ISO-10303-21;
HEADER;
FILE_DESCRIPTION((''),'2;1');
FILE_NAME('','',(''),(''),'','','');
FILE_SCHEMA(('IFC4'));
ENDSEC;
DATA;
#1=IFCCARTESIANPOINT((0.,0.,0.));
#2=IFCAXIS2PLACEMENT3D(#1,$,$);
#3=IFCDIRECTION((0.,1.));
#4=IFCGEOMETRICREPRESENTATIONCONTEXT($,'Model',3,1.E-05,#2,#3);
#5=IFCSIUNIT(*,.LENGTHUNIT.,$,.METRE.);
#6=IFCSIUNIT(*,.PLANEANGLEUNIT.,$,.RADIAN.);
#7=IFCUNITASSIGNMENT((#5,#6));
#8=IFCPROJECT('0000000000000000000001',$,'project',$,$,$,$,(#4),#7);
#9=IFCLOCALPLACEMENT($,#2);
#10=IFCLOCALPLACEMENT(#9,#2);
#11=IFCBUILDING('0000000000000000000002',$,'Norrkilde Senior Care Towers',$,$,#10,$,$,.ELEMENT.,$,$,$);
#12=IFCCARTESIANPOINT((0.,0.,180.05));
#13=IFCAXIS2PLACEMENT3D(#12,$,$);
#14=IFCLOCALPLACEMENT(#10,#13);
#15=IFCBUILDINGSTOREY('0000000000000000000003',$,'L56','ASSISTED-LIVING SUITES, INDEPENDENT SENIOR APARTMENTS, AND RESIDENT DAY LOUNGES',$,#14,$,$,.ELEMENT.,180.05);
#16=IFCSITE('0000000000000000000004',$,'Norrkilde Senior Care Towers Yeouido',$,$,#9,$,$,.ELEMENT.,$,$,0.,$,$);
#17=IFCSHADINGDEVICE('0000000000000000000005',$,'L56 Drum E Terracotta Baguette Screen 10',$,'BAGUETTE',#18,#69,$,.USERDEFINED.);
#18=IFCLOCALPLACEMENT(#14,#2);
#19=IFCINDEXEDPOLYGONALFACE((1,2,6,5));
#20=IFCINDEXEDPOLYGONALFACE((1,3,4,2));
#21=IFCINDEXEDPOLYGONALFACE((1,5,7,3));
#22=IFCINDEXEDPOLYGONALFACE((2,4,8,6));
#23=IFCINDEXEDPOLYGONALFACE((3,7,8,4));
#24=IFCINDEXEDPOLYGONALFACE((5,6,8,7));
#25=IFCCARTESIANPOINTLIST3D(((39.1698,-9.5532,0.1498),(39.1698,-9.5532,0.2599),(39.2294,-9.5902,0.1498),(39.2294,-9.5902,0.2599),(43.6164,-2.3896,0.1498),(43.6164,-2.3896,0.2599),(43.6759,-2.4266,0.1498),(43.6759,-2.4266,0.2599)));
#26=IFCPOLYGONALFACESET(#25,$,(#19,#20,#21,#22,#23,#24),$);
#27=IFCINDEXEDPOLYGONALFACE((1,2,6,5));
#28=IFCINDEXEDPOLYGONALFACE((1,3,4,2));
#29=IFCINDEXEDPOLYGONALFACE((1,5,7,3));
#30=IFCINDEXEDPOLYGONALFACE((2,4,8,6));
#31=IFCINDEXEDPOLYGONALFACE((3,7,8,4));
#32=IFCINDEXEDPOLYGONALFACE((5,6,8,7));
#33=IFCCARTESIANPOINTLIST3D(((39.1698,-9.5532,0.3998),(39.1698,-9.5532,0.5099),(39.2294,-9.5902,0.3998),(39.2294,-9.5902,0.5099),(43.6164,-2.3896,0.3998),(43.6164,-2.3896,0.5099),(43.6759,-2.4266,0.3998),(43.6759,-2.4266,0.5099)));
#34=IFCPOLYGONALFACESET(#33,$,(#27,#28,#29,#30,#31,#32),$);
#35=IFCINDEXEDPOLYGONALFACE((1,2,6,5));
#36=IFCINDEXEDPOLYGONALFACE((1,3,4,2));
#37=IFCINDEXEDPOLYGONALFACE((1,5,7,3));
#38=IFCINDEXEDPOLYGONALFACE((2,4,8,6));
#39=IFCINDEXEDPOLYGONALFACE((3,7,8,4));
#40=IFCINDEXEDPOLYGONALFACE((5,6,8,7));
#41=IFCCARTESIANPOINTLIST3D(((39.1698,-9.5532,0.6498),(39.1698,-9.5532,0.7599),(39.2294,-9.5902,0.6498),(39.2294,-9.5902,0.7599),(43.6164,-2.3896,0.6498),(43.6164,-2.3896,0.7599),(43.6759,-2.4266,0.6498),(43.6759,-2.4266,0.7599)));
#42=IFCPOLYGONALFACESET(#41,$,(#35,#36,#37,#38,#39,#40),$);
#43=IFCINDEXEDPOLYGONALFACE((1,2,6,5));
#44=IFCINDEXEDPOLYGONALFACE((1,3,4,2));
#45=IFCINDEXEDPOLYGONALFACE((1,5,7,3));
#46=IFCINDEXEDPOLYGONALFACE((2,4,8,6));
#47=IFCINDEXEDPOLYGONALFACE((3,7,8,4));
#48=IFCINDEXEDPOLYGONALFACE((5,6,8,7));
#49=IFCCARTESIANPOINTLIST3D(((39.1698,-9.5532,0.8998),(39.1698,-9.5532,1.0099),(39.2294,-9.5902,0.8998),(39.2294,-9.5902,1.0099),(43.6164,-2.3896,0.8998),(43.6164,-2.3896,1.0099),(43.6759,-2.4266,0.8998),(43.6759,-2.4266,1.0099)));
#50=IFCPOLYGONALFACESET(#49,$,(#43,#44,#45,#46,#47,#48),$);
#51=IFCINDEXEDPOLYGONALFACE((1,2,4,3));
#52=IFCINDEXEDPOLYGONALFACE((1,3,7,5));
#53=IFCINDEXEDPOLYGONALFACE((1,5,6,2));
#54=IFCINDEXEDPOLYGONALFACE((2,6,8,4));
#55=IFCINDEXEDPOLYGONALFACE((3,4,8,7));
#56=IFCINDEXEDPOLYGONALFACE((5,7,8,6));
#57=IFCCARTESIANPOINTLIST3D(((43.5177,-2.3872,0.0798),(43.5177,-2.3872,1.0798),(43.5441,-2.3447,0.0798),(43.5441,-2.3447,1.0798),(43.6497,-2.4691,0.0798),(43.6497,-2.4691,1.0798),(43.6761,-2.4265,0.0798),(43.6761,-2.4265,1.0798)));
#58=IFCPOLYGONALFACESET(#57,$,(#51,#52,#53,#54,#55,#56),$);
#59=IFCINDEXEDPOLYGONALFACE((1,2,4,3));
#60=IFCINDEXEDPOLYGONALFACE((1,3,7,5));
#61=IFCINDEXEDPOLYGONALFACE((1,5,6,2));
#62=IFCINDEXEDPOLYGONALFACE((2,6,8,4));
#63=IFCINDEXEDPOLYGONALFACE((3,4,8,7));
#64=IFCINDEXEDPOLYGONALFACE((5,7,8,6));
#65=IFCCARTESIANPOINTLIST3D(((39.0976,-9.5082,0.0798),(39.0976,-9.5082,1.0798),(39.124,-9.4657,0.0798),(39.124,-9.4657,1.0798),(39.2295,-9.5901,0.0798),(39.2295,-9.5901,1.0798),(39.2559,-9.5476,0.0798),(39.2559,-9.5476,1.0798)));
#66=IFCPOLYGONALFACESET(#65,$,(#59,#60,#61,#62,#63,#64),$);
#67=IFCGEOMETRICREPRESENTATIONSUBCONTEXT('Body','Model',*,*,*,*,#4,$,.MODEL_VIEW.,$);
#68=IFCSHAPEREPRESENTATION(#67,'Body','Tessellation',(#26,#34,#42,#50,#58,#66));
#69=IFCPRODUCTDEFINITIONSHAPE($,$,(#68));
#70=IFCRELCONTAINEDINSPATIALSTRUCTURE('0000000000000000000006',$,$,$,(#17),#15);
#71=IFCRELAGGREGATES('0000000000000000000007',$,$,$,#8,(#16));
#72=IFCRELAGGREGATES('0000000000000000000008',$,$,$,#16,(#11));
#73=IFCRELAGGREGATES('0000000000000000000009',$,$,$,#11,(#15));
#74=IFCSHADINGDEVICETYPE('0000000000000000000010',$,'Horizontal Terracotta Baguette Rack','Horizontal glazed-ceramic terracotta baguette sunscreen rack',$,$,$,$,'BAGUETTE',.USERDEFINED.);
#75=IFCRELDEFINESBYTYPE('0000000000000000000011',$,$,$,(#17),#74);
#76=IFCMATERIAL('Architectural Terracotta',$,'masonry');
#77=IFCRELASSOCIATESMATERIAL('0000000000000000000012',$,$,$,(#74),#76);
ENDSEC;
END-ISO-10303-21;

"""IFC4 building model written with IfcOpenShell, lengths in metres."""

from ifc_helpers import new_model, si_unit, direction, frame, origin, origin_2d, place, context, subcontext, project, spatial, rectangle, extrude, source, transform, mapped, material, type_object, type_shapes, element, save


model = new_model("IFC4")

# Units and contexts
model_context = context("Model", 3, precision=1e-05, world=origin(), true_north=direction((0.0, 1.0)))
body_context = subcontext(model_context, "Body", "Model", "MODEL_VIEW")
ifc_project = project(units=[si_unit("LENGTHUNIT", "METRE"), si_unit("PLANEANGLEUNIT", "RADIAN")], contexts=[model_context])

# Site, building, storey
site_placement = place(None, origin())
site = spatial("IfcSite", under=ifc_project, at=site_placement, Name="Norrkilde Senior Care Towers Yeouido", CompositionType="ELEMENT", RefElevation=0.0)
building_placement = place(site_placement, origin())
building = spatial("IfcBuilding", under=site, at=building_placement, Name="Norrkilde Senior Care Towers", CompositionType="ELEMENT")
storey_placement = place(building_placement, frame((0.0, 0.0, 180.05)))
storey = spatial("IfcBuildingStorey", under=building, at=storey_placement, Name="L56", Description="ASSISTED-LIVING SUITES, INDEPENDENT SENIOR APARTMENTS, AND RESIDENT DAY LOUNGES", CompositionType="ELEMENT", Elevation=180.05)

# Shading device
ifc_material_1 = material(Name="Architectural Terracotta", Category="masonry")
shading_device_type = type_object("IfcShadingDeviceType", Name="Horizontal Terracotta Baguette Rack", Description="Horizontal glazed-ceramic terracotta baguette sunscreen rack", ElementType="BAGUETTE", PredefinedType="USERDEFINED", material=ifc_material_1)
shared_shape_1 = source(origin(), body_context, "Body", "SweptSolid", [
    extrude(rectangle(XDim=0.0701, YDim=0.1101, at=origin_2d()), frame((0.0, 0.0901, 0.125), z_axis=(1.0, 0.0, 0.0), x_axis=(0.0, 1.0, 0.0)), (0.0, 0.0, 1.0), 8.4314),
    extrude(rectangle(XDim=0.0701, YDim=0.1101, at=origin_2d()), frame((0.0, 0.0901, 0.375), z_axis=(1.0, 0.0, 0.0), x_axis=(0.0, 1.0, 0.0)), (0.0, 0.0, 1.0), 8.4314),
    extrude(rectangle(XDim=0.0701, YDim=0.1101, at=origin_2d()), frame((0.0, 0.0901, 0.625), z_axis=(1.0, 0.0, 0.0), x_axis=(0.0, 1.0, 0.0)), (0.0, 0.0, 1.0), 8.4314),
    extrude(rectangle(XDim=0.0701, YDim=0.1101, at=origin_2d()), frame((0.0, 0.0901, 0.875), z_axis=(1.0, 0.0, 0.0), x_axis=(0.0, 1.0, 0.0)), (0.0, 0.0, 1.0), 8.4314),
    extrude(rectangle(XDim=0.05, YDim=0.1553, at=origin_2d()), frame((0.0249, 0.0476, 0.0)), (0.0, 0.0, 1.0), 1.0),
    extrude(rectangle(XDim=0.05, YDim=0.1553, at=origin_2d()), frame((8.4062, 0.0476, 0.0)), (0.0, 0.0, 1.0), 1.0),
])
type_shapes(shading_device_type, [shared_shape_1])
shading_device_placement = place(storey_placement, frame((43.5696, -2.3606, 0.0798), z_axis=(0.0, 0.0, 1.0), x_axis=(-0.527378, -0.849631, 0.0)))
element("IfcShadingDevice", 1, at=shading_device_placement, inside=storey, type_object=shading_device_type, Name="L56 Drum E Terracotta Baguette Screen 10", ObjectType="BAGUETTE", PredefinedType="USERDEFINED", context=body_context, shape_type="MappedRepresentation", body=[
    mapped(shared_shape_1, transform((0.0, 0.0, 0.0), x_axis=(1.0, 0.0, 0.0), y_axis=(0.0, 1.0, 0.0), z_axis=(0.0, 0.0, 1.0), scale=1.0)),
])

save(model, "model.ifc")
